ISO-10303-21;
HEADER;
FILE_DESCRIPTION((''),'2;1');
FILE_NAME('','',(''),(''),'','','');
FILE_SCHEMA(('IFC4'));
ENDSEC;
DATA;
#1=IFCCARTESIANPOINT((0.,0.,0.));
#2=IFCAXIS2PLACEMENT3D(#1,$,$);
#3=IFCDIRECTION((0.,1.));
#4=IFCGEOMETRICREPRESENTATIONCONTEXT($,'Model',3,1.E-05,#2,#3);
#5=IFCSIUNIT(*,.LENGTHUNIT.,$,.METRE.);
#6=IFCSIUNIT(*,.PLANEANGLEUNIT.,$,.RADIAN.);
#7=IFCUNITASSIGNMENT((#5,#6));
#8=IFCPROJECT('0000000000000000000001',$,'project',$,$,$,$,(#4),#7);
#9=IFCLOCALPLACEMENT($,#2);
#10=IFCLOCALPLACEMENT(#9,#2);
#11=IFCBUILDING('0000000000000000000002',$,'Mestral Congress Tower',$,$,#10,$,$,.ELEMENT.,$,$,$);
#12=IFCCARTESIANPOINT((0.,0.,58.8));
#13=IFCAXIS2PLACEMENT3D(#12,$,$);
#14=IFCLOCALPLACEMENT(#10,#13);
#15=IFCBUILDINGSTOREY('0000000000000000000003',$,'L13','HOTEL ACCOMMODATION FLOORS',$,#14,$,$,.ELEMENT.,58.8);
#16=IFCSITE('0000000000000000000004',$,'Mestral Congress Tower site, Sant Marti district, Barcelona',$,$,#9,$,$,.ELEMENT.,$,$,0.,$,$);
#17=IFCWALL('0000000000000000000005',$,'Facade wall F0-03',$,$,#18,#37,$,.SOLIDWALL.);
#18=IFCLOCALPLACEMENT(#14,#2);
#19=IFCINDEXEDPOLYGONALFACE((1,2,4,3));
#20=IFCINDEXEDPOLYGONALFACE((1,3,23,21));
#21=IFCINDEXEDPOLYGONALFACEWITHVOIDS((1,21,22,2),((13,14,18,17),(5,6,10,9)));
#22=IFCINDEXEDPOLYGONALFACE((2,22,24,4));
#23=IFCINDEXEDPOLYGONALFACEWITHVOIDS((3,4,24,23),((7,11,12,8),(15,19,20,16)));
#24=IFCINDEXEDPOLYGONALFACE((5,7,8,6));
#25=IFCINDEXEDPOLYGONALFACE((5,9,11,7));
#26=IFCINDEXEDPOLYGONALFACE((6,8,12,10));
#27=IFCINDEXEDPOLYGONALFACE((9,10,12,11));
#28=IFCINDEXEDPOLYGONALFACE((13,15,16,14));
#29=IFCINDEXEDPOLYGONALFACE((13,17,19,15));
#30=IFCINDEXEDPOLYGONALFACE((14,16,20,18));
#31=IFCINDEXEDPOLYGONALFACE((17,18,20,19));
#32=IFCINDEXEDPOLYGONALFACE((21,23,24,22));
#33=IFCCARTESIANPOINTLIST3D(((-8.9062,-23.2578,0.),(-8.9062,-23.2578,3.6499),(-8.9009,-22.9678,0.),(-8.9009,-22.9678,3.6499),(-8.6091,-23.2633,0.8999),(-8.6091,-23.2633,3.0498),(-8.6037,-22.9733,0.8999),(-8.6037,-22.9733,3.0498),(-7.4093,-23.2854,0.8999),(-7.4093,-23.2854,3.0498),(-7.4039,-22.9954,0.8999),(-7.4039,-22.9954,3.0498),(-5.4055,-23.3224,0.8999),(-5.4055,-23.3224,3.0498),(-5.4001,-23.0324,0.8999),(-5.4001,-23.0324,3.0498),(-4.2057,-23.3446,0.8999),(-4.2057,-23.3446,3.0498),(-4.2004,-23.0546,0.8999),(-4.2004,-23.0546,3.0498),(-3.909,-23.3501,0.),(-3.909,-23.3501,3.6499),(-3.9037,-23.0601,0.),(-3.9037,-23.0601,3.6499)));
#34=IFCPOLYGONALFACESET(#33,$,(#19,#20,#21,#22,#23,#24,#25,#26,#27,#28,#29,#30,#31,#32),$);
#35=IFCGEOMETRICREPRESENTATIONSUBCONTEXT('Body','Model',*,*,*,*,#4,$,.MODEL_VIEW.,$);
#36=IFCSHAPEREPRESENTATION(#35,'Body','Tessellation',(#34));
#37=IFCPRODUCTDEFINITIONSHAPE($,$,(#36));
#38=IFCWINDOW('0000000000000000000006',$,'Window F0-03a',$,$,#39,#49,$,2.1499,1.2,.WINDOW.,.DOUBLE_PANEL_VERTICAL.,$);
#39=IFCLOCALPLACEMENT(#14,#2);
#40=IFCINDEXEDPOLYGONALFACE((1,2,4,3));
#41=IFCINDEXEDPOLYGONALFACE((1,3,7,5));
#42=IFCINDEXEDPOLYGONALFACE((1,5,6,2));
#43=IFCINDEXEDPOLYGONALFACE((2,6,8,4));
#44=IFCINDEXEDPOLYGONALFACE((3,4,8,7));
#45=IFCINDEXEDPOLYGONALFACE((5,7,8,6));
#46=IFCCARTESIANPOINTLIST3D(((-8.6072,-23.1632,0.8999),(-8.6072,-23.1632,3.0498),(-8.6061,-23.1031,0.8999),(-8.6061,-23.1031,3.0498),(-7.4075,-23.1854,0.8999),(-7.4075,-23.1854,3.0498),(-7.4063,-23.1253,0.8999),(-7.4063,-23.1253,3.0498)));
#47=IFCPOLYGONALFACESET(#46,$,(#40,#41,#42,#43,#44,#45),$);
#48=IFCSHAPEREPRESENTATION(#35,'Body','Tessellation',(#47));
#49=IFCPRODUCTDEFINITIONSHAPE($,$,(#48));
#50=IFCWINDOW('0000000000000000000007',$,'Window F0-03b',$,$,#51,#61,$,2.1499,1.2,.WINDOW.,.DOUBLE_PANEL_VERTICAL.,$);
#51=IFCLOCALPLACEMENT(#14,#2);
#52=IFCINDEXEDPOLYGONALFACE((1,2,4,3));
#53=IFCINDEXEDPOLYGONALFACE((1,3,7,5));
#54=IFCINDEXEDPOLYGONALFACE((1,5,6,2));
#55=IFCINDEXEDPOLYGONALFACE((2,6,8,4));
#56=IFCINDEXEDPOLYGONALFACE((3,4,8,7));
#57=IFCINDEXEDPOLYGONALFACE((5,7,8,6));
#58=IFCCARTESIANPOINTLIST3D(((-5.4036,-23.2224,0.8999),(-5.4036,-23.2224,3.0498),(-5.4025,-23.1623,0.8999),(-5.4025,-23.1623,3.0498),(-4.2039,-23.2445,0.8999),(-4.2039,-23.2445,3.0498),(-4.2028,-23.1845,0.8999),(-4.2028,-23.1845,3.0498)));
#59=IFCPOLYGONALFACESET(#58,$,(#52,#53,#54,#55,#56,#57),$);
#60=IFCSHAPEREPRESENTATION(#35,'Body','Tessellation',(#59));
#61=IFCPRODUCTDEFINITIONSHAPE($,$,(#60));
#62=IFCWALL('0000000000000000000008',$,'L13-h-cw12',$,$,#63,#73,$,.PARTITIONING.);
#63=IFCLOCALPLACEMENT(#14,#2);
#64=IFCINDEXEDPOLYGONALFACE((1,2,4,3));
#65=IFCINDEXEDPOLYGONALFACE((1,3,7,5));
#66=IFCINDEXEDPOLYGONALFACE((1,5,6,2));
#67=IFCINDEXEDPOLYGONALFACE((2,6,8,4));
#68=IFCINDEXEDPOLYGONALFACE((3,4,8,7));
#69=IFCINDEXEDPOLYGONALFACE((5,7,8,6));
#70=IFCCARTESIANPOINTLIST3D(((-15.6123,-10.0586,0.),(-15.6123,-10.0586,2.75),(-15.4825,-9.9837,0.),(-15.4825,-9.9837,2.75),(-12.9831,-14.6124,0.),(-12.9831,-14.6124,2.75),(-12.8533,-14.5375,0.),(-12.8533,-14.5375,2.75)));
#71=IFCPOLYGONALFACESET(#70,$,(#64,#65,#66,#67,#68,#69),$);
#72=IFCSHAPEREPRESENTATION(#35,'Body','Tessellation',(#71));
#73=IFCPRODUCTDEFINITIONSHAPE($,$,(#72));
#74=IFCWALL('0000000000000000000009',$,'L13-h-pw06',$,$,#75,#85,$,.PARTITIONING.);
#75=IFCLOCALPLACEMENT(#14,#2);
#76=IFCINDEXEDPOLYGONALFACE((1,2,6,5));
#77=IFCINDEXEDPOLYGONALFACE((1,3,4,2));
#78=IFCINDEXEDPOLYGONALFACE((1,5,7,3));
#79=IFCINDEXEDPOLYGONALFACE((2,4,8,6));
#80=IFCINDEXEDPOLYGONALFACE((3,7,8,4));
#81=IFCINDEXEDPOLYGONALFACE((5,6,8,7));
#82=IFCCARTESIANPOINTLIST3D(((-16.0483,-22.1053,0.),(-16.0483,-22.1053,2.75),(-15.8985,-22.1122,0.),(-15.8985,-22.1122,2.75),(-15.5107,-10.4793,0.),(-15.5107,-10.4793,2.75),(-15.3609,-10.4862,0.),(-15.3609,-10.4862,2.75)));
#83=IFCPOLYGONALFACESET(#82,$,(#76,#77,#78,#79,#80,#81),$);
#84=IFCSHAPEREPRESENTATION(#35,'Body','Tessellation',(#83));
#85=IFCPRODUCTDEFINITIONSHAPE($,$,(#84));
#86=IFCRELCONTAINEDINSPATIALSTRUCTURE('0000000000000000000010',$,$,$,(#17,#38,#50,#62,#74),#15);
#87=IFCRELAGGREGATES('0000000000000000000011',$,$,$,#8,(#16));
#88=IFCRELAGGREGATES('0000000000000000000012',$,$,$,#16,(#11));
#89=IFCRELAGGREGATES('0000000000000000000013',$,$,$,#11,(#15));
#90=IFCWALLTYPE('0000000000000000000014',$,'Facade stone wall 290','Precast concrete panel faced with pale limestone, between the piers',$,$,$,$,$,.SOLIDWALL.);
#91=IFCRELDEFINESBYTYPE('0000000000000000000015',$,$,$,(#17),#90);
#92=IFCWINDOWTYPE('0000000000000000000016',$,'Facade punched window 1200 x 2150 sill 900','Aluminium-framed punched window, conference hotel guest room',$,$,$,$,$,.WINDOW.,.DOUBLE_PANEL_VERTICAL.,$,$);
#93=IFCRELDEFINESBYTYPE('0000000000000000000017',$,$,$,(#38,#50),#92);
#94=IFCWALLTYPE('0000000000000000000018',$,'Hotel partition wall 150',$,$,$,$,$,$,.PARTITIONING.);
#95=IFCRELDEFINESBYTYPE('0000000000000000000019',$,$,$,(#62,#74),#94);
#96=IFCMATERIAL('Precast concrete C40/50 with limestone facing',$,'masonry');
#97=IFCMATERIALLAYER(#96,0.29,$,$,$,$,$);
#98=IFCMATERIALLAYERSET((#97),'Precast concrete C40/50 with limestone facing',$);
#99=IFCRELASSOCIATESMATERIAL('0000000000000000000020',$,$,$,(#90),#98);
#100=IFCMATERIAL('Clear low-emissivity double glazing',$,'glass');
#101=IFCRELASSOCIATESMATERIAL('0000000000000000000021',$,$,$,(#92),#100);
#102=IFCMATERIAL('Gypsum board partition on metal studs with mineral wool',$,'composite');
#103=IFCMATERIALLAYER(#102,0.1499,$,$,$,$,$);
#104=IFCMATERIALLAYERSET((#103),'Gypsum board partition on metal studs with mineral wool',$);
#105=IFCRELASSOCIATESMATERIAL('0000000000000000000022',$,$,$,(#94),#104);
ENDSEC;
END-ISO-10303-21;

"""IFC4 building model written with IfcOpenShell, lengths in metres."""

from ifc_helpers import new_model, si_unit, direction, frame, frame_2d, origin, place, context, subcontext, project, spatial, rectangle, extrude, material, layer, layer_set, type_object, element, fill, save


model = new_model("IFC4")

# Units and contexts
model_context = context("Model", 3, precision=1e-05, world=origin(), true_north=direction((0.0, 1.0)))
body_context = subcontext(model_context, "Body", "Model", "MODEL_VIEW")
ifc_project = project(units=[si_unit("LENGTHUNIT", "METRE"), si_unit("PLANEANGLEUNIT", "RADIAN")], contexts=[model_context])

# Site, building, storey
site_placement = place(None, origin())
site = spatial("IfcSite", under=ifc_project, at=site_placement, Name="Mestral Congress Tower site, Sant Marti district, Barcelona", CompositionType="ELEMENT", RefElevation=0.0)
building_placement = place(site_placement, origin())
building = spatial("IfcBuilding", under=site, at=building_placement, Name="Mestral Congress Tower", CompositionType="ELEMENT")
storey_placement = place(building_placement, frame((0.0, 0.0, 58.8)))
storey = spatial("IfcBuildingStorey", under=building, at=storey_placement, Name="L13", Description="HOTEL ACCOMMODATION FLOORS", CompositionType="ELEMENT", Elevation=58.8)

# Wall, openings, windows
ifc_material_1 = material(Name="Precast concrete C40/50 with limestone facing", Category="masonry")
ifc_layer_1 = layer(ifc_material_1, 0.29)
ifc_layer_set_1 = layer_set([ifc_layer_1], Name="Precast concrete C40/50 with limestone facing")
wall_type_1 = type_object("IfcWallType", Name="Facade stone wall 290", Description="Precast concrete panel faced with pale limestone, between the piers", PredefinedType="SOLIDWALL", material=ifc_layer_set_1)
ifc_material_2 = material(Name="Clear low-emissivity double glazing", Category="glass")
window_type = type_object("IfcWindowType", Name="Facade punched window 1200 x 2150 sill 900", Description="Aluminium-framed punched window, conference hotel guest room", PartitioningType="DOUBLE_PANEL_VERTICAL", PredefinedType="WINDOW", material=ifc_material_2)
wall_1_placement = place(storey_placement, frame((-8.9036, -23.1128, 0.0), z_axis=(0.0, 0.0, 1.0), x_axis=(0.99983, -0.018464, 0.0)))
wall_1 = element("IfcWall", 1, at=wall_1_placement, inside=storey, type_object=wall_type_1, Name="Facade wall F0-03", PredefinedType="SOLIDWALL", context=body_context, shape_type="SweptSolid", body=[
    extrude(rectangle(XDim=4.998, YDim=0.29, at=frame_2d((2.499, 0.0))), origin(), (0.0, 0.0, 1.0), 3.6499),
])
opening_1_placement = place(wall_1_placement, frame((0.2971, 0.0, 0.8999)))
opening_1 = element("IfcOpeningElement", 2, at=opening_1_placement, cuts=wall_1, PredefinedType="OPENING", context=body_context, shape_type="SweptSolid", body=[
    extrude(rectangle(XDim=1.2, YDim=2.1499, at=frame_2d((0.6001, 1.075))), frame((0.0, 0.155, 0.0), z_axis=(0.0, -1.0, 0.0), x_axis=(1.0, 0.0, 0.0)), (0.0, 0.0, 1.0), 0.3101),
])
opening_2_placement = place(wall_1_placement, frame((3.5012, 0.0, 0.8999)))
opening_2 = element("IfcOpeningElement", 3, at=opening_2_placement, cuts=wall_1, PredefinedType="OPENING", context=body_context, shape_type="SweptSolid", body=[
    extrude(rectangle(XDim=1.2, YDim=2.1499, at=frame_2d((0.6001, 1.075))), frame((0.0, 0.155, 0.0), z_axis=(0.0, -1.0, 0.0), x_axis=(1.0, 0.0, 0.0)), (0.0, 0.0, 1.0), 0.3101),
])
window_1_placement = place(opening_1_placement, origin())
window_1 = element("IfcWindow", 4, at=window_1_placement, inside=storey, type_object=window_type, Name="Window F0-03a", OverallHeight=2.1499, OverallWidth=1.2, PartitioningType="DOUBLE_PANEL_VERTICAL", PredefinedType="WINDOW", context=body_context, shape_type="SweptSolid", body=[
    extrude(rectangle(XDim=1.2, YDim=2.1499, at=frame_2d((0.6001, 1.075))), frame((0.0, 0.0151, 0.0), z_axis=(0.0, -1.0, 0.0), x_axis=(1.0, 0.0, 0.0)), (0.0, 0.0, 1.0), 0.0601),
])
fill(opening_1, window_1)
window_2_placement = place(opening_2_placement, origin())
window_2 = element("IfcWindow", 5, at=window_2_placement, inside=storey, type_object=window_type, Name="Window F0-03b", OverallHeight=2.1499, OverallWidth=1.2, PartitioningType="DOUBLE_PANEL_VERTICAL", PredefinedType="WINDOW", context=body_context, shape_type="SweptSolid", body=[
    extrude(rectangle(XDim=1.2, YDim=2.1499, at=frame_2d((0.6001, 1.075))), frame((0.0, 0.0151, 0.0), z_axis=(0.0, -1.0, 0.0), x_axis=(1.0, 0.0, 0.0)), (0.0, 0.0, 1.0), 0.0601),
])
fill(opening_2, window_2)

# Walls
ifc_material_3 = material(Name="Gypsum board partition on metal studs with mineral wool", Category="composite")
ifc_layer_2 = layer(ifc_material_3, 0.1499)
ifc_layer_set_2 = layer_set([ifc_layer_2], Name="Gypsum board partition on metal studs with mineral wool")
wall_type_2 = type_object("IfcWallType", Name="Hotel partition wall 150", PredefinedType="PARTITIONING", material=ifc_layer_set_2)
wall_2_placement = place(storey_placement, frame((-12.9182, -14.575, 0.0), z_axis=(0.0, 0.0, 1.0), x_axis=(-0.500009, 0.86602, 0.0)))
element("IfcWall", 6, at=wall_2_placement, inside=storey, type_object=wall_type_2, Name="L13-h-cw12", PredefinedType="PARTITIONING", context=body_context, shape_type="SweptSolid", body=[
    extrude(rectangle(XDim=5.2583, YDim=0.1499, at=frame_2d((2.6292, 0.0))), origin(), (0.0, 0.0, 1.0), 2.75),
])
wall_3_placement = place(storey_placement, frame((-15.9734, -22.1089, 0.0), z_axis=(0.0, 0.0, 1.0), x_axis=(0.046192, 0.998933, 0.0)))
element("IfcWall", 7, at=wall_3_placement, inside=storey, type_object=wall_type_2, Name="L13-h-pw06", PredefinedType="PARTITIONING", context=body_context, shape_type="SweptSolid", body=[
    extrude(rectangle(XDim=11.6384, YDim=0.1499, at=frame_2d((5.8193, 0.0))), origin(), (0.0, 0.0, 1.0), 2.75),
])

save(model, "model.ifc")
